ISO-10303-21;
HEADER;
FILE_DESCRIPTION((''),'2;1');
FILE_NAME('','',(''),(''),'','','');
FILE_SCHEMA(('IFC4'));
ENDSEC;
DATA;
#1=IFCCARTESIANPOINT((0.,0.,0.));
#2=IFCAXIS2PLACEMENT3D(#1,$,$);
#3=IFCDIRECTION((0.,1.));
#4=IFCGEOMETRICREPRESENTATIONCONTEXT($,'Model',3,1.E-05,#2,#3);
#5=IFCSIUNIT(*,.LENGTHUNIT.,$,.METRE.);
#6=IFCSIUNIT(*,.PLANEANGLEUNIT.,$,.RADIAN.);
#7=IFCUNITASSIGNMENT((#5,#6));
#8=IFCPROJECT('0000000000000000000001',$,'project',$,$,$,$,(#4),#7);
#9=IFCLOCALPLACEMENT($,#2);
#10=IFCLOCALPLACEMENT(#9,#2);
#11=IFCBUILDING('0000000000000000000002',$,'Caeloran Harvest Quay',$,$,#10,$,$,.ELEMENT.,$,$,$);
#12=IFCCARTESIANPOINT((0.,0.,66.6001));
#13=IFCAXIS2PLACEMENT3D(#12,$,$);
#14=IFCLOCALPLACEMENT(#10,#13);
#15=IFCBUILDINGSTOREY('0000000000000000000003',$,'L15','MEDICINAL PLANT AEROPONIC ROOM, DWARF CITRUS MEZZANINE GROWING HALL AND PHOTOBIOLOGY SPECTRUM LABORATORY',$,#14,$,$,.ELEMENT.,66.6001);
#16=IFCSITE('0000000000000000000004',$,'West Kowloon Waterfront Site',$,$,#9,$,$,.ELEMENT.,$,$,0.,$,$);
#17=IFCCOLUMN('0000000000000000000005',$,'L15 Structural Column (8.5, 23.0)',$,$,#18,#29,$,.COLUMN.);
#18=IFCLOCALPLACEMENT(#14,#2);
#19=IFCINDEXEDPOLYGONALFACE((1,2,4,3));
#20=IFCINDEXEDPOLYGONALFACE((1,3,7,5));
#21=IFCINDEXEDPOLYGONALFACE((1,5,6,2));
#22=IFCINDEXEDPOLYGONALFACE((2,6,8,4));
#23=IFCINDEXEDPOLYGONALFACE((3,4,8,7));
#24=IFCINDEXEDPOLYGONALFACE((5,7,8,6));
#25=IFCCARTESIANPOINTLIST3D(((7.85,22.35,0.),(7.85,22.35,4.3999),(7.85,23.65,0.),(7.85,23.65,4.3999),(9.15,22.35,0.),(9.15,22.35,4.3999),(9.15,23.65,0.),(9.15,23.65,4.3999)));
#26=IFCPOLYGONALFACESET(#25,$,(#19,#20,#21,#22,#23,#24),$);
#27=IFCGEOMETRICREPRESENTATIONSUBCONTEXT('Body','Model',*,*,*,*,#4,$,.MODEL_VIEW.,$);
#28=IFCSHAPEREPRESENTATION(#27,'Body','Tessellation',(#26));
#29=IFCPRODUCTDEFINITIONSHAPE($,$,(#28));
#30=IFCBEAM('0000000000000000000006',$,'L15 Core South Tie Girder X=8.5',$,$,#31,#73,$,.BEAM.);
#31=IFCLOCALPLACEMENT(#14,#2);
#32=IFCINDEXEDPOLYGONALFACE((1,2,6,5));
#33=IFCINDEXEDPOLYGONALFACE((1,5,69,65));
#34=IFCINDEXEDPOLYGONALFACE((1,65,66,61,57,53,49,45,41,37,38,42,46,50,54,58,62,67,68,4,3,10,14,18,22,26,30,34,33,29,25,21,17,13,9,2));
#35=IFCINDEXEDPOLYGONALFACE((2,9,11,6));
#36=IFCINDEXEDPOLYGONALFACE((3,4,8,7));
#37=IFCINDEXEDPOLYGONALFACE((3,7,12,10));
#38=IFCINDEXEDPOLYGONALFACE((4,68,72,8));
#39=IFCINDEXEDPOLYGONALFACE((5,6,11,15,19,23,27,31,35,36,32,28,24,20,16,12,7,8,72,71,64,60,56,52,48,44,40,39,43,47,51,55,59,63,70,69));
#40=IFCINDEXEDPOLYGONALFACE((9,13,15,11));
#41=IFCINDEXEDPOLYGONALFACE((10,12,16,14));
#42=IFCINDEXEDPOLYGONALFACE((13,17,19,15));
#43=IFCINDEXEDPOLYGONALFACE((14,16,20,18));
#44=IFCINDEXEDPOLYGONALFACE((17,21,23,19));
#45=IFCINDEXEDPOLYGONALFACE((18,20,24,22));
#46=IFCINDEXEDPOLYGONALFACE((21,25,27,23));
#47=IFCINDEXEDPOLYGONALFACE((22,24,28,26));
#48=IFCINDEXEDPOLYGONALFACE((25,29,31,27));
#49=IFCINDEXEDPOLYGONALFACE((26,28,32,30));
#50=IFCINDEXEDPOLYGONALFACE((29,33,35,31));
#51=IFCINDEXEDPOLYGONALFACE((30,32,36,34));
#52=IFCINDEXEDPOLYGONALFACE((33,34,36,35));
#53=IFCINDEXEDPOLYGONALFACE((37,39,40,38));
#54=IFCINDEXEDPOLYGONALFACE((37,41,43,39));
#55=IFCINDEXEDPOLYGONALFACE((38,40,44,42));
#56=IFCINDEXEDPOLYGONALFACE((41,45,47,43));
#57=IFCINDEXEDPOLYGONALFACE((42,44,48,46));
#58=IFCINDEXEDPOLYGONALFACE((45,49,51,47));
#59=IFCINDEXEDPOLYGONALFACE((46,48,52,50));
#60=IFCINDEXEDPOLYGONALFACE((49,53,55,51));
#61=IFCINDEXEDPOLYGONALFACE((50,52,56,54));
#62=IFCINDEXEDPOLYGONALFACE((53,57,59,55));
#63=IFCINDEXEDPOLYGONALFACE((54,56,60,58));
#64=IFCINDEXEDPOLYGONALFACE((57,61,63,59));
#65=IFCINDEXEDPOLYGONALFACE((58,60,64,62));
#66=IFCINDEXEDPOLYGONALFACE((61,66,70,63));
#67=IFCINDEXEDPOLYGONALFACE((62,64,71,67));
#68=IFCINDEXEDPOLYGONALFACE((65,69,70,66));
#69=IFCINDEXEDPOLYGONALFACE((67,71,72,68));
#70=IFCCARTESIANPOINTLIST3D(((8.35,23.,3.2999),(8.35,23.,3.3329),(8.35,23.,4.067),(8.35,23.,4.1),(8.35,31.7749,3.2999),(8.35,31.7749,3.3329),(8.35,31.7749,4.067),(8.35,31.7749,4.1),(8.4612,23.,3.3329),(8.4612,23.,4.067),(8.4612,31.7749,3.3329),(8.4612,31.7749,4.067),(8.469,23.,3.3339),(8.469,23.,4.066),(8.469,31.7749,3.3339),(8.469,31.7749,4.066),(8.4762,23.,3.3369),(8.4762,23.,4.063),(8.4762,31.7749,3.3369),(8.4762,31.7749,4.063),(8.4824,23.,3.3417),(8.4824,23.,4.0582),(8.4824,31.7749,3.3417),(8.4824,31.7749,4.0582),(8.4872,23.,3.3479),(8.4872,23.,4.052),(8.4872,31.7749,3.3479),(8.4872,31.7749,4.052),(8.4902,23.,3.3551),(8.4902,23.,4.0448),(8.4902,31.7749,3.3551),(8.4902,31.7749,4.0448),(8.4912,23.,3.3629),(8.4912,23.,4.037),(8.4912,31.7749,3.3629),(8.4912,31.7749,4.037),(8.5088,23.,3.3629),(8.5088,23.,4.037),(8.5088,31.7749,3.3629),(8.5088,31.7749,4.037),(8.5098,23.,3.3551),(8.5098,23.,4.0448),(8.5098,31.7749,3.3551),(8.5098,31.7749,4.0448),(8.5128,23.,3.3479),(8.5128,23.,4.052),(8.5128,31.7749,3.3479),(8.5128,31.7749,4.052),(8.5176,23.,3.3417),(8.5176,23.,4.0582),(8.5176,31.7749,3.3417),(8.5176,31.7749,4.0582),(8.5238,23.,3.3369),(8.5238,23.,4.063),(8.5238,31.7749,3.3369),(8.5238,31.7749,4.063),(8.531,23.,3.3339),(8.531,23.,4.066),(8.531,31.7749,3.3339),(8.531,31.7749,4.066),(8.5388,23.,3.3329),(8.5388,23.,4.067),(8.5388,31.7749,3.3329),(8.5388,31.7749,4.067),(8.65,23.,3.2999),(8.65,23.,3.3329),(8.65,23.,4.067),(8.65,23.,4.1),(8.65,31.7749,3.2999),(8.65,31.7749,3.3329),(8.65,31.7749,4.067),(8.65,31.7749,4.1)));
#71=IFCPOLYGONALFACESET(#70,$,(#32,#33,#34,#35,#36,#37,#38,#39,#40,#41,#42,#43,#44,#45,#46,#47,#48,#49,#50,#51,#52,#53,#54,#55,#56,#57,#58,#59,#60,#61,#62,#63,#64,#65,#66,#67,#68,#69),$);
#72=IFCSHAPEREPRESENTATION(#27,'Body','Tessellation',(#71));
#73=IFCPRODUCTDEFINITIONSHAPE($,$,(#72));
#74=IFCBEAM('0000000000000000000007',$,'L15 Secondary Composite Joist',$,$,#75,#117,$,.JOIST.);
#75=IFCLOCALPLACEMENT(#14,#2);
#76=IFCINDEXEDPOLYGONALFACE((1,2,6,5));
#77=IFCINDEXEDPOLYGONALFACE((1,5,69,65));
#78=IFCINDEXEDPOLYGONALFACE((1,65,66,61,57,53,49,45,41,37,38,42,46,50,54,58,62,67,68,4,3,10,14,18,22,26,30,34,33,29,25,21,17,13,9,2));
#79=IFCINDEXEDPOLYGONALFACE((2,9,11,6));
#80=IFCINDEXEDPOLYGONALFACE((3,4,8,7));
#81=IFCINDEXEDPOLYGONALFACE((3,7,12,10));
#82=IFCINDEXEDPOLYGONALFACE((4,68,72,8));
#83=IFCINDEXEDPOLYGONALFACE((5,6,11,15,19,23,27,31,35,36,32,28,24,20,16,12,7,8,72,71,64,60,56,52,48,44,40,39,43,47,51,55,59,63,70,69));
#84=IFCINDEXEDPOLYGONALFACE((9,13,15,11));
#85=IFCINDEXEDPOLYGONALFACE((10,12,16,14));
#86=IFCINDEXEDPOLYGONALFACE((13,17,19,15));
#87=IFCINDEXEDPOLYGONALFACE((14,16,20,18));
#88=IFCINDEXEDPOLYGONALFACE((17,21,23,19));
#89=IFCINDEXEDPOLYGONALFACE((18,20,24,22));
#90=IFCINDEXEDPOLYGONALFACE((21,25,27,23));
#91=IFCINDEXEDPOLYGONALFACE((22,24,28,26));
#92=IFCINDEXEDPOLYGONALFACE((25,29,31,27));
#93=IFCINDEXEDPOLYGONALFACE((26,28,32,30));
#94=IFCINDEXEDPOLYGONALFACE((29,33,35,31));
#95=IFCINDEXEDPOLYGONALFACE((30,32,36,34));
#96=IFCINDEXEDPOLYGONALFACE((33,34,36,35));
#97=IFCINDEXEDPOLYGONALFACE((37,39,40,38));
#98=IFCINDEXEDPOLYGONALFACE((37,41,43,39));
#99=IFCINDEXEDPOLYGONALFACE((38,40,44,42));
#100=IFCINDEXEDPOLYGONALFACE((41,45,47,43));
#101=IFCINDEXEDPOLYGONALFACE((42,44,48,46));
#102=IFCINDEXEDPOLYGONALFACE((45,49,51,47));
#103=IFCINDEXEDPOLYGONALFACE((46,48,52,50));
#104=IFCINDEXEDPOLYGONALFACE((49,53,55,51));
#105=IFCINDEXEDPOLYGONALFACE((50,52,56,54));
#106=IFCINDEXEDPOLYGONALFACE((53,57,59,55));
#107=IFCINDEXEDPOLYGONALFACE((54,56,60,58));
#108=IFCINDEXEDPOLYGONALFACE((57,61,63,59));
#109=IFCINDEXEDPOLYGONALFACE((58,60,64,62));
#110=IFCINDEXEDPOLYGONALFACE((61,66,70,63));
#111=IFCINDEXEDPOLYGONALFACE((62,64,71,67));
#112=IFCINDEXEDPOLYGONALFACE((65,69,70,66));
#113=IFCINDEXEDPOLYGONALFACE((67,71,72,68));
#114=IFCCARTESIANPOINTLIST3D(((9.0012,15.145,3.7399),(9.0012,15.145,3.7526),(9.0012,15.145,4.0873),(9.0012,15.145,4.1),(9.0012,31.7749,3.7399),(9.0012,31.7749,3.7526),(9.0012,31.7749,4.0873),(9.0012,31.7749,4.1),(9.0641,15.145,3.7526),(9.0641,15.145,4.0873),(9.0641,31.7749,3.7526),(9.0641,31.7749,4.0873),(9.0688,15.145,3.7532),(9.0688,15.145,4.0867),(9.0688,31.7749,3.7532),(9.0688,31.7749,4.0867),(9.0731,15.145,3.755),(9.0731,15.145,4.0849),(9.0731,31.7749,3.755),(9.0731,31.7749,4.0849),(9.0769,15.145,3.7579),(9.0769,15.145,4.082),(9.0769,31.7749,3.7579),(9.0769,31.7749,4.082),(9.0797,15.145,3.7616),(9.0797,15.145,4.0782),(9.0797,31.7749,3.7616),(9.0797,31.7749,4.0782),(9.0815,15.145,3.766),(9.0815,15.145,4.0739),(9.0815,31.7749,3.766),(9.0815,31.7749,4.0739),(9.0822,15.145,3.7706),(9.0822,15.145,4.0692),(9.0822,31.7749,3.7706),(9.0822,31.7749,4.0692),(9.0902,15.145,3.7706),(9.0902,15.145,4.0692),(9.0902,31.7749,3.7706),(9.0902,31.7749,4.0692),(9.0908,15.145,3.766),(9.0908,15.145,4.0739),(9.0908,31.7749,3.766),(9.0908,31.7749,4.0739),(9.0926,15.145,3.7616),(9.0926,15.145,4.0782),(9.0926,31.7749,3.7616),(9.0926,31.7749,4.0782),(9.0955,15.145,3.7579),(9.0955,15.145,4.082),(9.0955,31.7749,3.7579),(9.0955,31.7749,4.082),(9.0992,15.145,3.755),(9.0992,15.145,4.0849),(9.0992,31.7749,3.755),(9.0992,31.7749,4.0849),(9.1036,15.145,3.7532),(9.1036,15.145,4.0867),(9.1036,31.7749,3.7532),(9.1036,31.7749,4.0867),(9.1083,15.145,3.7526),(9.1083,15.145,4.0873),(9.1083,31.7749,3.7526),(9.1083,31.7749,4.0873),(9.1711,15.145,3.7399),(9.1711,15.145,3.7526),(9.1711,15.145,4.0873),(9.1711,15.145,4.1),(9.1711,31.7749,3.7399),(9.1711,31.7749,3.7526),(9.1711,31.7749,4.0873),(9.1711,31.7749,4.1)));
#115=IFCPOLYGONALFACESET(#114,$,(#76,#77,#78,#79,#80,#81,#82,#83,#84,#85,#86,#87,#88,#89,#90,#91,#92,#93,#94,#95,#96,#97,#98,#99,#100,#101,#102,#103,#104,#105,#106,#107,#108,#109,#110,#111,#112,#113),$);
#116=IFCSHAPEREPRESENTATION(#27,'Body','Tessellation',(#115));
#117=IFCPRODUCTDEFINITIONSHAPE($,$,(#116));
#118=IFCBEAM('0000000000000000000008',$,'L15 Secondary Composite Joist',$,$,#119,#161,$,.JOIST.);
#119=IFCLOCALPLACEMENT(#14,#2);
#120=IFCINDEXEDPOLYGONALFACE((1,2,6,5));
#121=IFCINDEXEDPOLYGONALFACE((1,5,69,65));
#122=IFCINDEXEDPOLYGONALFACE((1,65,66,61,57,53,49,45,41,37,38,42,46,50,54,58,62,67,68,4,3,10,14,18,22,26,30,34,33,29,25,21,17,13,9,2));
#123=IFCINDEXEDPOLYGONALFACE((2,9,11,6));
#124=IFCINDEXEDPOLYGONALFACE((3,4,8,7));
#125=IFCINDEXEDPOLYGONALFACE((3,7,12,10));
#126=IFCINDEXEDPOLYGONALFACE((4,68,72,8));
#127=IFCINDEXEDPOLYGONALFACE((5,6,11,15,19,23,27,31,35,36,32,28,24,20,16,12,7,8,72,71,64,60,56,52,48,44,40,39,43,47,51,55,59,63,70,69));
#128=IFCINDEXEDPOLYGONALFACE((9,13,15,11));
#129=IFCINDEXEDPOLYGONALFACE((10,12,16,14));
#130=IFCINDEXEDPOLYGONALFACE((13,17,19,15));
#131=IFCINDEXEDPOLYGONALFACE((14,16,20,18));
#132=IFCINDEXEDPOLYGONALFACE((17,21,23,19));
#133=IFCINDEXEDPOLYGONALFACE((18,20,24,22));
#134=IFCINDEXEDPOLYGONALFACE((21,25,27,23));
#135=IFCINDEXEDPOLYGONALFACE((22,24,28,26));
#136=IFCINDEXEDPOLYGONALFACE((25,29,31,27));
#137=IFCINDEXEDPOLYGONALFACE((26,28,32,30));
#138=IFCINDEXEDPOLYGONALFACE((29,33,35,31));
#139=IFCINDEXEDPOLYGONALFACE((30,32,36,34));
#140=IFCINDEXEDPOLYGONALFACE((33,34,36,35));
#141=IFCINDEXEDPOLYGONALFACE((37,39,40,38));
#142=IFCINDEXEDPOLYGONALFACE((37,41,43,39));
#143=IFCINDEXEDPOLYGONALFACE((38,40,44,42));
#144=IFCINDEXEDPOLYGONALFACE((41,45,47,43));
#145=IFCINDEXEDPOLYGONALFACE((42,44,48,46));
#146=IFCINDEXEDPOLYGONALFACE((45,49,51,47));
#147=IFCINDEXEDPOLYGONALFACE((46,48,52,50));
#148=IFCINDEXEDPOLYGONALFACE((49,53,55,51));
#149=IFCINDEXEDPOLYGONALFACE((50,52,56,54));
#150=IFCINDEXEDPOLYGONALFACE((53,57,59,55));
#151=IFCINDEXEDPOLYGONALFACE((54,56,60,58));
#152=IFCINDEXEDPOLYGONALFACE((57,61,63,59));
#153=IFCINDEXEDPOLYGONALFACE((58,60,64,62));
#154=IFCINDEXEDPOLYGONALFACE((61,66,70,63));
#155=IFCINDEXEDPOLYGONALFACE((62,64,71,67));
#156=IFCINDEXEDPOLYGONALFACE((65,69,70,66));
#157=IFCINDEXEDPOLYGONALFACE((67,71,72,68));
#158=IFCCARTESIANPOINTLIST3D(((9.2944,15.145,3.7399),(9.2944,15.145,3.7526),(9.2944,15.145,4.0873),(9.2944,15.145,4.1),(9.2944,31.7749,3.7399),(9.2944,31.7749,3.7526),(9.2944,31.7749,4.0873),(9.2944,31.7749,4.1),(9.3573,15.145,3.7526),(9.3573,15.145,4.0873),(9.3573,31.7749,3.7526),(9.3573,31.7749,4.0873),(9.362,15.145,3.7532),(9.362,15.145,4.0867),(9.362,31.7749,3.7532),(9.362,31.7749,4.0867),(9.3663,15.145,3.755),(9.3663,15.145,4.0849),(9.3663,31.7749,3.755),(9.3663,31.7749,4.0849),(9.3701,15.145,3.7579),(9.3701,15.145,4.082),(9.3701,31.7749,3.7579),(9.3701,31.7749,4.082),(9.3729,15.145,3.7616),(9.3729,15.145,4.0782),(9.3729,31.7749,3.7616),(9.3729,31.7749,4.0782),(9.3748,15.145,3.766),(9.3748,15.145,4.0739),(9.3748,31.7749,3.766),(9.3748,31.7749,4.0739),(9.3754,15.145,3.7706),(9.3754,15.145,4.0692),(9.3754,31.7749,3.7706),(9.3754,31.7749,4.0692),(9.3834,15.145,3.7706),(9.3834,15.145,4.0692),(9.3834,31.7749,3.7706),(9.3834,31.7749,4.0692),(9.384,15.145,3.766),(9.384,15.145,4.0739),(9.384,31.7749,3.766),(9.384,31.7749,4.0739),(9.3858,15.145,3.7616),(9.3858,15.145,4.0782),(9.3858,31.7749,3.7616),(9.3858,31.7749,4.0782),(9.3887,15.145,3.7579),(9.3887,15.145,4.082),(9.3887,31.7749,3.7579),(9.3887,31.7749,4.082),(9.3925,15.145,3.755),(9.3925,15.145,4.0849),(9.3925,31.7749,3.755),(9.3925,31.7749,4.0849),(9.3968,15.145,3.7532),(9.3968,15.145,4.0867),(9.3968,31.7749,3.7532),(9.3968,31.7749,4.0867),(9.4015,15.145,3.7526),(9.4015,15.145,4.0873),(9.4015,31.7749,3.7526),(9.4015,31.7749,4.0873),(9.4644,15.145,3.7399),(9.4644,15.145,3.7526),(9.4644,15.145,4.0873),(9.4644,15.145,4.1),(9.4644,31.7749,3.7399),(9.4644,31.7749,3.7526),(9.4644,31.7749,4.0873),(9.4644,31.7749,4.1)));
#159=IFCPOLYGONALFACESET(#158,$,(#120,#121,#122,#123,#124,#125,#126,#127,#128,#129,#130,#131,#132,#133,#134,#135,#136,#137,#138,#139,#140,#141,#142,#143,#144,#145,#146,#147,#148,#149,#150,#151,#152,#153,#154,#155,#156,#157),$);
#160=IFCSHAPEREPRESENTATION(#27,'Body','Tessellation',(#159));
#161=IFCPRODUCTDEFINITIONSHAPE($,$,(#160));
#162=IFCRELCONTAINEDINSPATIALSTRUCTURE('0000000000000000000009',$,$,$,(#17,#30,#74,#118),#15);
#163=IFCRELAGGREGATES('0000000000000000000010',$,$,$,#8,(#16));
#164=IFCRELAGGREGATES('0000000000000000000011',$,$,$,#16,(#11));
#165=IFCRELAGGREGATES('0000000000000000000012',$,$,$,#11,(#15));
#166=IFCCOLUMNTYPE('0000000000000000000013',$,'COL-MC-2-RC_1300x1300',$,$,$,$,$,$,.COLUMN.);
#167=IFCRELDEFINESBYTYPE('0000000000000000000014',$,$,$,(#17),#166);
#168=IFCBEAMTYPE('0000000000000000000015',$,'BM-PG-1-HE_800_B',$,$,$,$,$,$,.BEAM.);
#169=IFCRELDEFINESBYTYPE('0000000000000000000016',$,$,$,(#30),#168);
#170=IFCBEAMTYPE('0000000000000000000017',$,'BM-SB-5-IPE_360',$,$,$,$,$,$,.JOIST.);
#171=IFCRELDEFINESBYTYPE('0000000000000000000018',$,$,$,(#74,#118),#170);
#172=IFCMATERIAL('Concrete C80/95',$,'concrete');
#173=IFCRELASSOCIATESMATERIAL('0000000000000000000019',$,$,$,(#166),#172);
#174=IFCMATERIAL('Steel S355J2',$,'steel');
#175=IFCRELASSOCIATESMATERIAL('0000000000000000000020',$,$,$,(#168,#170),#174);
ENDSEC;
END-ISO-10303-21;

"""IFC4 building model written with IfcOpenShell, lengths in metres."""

from ifc_helpers import new_model, si_unit, direction, frame, origin, origin_2d, place, context, subcontext, project, spatial, rectangle, i_section, extrude, material, material_profile, profile_set, type_object, element, save


model = new_model("IFC4")

# Units and contexts
model_context = context("Model", 3, precision=1e-05, world=origin(), true_north=direction((0.0, 1.0)))
body_context = subcontext(model_context, "Body", "Model", "MODEL_VIEW")
ifc_project = project(units=[si_unit("LENGTHUNIT", "METRE"), si_unit("PLANEANGLEUNIT", "RADIAN")], contexts=[model_context])

# Site, building, storey
site_placement = place(None, origin())
site = spatial("IfcSite", under=ifc_project, at=site_placement, Name="West Kowloon Waterfront Site", CompositionType="ELEMENT", RefElevation=0.0)
building_placement = place(site_placement, origin())
building = spatial("IfcBuilding", under=site, at=building_placement, Name="Caeloran Harvest Quay", CompositionType="ELEMENT")
storey_placement = place(building_placement, frame((0.0, 0.0, 66.6001)))
storey = spatial("IfcBuildingStorey", under=building, at=storey_placement, Name="L15", Description="MEDICINAL PLANT AEROPONIC ROOM, DWARF CITRUS MEZZANINE GROWING HALL AND PHOTOBIOLOGY SPECTRUM LABORATORY", CompositionType="ELEMENT", Elevation=66.6001)

# Column
ifc_material_1 = material(Name="Concrete C80/95", Category="concrete")
ifc_material_profile_1 = material_profile(ifc_material_1, rectangle(XDim=1.3, YDim=1.3, at=origin_2d()), Name="RC 1300x1300")
ifc_profile_set_1 = profile_set([ifc_material_profile_1], Name="Concrete C80/95")
column_type = type_object("IfcColumnType", Name="COL-MC-2-RC_1300x1300", PredefinedType="COLUMN", material=ifc_profile_set_1)
column_placement = place(storey_placement, frame((8.5, 23.0, 0.0), z_axis=(0.0, 0.0, 1.0), x_axis=(1.0, 0.0, 0.0)))
element("IfcColumn", 1, at=column_placement, inside=storey, type_object=column_type, Name="L15 Structural Column (8.5, 23.0)", PredefinedType="COLUMN", context=body_context, shape_type="SweptSolid", body=[
    extrude(rectangle(XDim=1.3, YDim=1.3, at=origin_2d()), origin(), (0.0, 0.0, 1.0), 4.3999),
])

# Beams
ifc_material_2 = material(Name="Steel S355J2", Category="steel")
ifc_material_profile_2 = material_profile(ifc_material_2, i_section(OverallWidth=0.3, OverallDepth=0.8, WebThickness=0.0176, FlangeThickness=0.033, FilletRadius=0.03, at=origin_2d()), Name="HE 800 B")
ifc_profile_set_2 = profile_set([ifc_material_profile_2], Name="Steel S355J2")
beam_type_1 = type_object("IfcBeamType", Name="BM-PG-1-HE_800_B", PredefinedType="BEAM", material=ifc_profile_set_2)
beam_placement = place(storey_placement, frame((8.5, 23.0, 3.7), z_axis=(0.0, 1.0, 0.0), x_axis=(-1.0, 0.0, 0.0)))
element("IfcBeam", 2, at=beam_placement, inside=storey, type_object=beam_type_1, Name="L15 Core South Tie Girder X=8.5", PredefinedType="BEAM", context=body_context, shape_type="SweptSolid", body=[
    extrude(i_section(OverallWidth=0.3, OverallDepth=0.8, WebThickness=0.0176, FlangeThickness=0.033, FilletRadius=0.03, at=origin_2d()), origin(), (0.0, 0.0, 1.0), 8.7749),
])
ifc_material_profile_3 = material_profile(ifc_material_2, i_section(OverallWidth=0.1699, OverallDepth=0.3601, WebThickness=0.0081, FlangeThickness=0.0127, FilletRadius=0.0181, at=origin_2d()), Name="IPE 360")
ifc_profile_set_3 = profile_set([ifc_material_profile_3], Name="Steel S355J2")
beam_type_2 = type_object("IfcBeamType", Name="BM-SB-5-IPE_360", PredefinedType="JOIST", material=ifc_profile_set_3)
for number, where, z_axis, x_axis, name in (
    (3, (9.0862, 15.145, 3.9199), (0.0, 1.0, 0.0), (-1.0, 0.0, 0.0), "L15 Secondary Composite Joist"),
    (4, (9.3794, 15.145, 3.9199), (0.0, 1.0, 0.0), (-1.0, 0.0, 0.0), "L15 Secondary Composite Joist"),
):
    element("IfcBeam", number, at=place(storey_placement, frame(where, z_axis=z_axis, x_axis=x_axis)), inside=storey, type_object=beam_type_2, Name=name, PredefinedType="JOIST", context=body_context, shape_type="SweptSolid", body=[
        extrude(i_section(OverallWidth=0.1699, OverallDepth=0.3601, WebThickness=0.0081, FlangeThickness=0.0127, FilletRadius=0.0181, at=origin_2d()), origin(), (0.0, 0.0, 1.0), 16.6299),
    ])

save(model, "model.ifc")
